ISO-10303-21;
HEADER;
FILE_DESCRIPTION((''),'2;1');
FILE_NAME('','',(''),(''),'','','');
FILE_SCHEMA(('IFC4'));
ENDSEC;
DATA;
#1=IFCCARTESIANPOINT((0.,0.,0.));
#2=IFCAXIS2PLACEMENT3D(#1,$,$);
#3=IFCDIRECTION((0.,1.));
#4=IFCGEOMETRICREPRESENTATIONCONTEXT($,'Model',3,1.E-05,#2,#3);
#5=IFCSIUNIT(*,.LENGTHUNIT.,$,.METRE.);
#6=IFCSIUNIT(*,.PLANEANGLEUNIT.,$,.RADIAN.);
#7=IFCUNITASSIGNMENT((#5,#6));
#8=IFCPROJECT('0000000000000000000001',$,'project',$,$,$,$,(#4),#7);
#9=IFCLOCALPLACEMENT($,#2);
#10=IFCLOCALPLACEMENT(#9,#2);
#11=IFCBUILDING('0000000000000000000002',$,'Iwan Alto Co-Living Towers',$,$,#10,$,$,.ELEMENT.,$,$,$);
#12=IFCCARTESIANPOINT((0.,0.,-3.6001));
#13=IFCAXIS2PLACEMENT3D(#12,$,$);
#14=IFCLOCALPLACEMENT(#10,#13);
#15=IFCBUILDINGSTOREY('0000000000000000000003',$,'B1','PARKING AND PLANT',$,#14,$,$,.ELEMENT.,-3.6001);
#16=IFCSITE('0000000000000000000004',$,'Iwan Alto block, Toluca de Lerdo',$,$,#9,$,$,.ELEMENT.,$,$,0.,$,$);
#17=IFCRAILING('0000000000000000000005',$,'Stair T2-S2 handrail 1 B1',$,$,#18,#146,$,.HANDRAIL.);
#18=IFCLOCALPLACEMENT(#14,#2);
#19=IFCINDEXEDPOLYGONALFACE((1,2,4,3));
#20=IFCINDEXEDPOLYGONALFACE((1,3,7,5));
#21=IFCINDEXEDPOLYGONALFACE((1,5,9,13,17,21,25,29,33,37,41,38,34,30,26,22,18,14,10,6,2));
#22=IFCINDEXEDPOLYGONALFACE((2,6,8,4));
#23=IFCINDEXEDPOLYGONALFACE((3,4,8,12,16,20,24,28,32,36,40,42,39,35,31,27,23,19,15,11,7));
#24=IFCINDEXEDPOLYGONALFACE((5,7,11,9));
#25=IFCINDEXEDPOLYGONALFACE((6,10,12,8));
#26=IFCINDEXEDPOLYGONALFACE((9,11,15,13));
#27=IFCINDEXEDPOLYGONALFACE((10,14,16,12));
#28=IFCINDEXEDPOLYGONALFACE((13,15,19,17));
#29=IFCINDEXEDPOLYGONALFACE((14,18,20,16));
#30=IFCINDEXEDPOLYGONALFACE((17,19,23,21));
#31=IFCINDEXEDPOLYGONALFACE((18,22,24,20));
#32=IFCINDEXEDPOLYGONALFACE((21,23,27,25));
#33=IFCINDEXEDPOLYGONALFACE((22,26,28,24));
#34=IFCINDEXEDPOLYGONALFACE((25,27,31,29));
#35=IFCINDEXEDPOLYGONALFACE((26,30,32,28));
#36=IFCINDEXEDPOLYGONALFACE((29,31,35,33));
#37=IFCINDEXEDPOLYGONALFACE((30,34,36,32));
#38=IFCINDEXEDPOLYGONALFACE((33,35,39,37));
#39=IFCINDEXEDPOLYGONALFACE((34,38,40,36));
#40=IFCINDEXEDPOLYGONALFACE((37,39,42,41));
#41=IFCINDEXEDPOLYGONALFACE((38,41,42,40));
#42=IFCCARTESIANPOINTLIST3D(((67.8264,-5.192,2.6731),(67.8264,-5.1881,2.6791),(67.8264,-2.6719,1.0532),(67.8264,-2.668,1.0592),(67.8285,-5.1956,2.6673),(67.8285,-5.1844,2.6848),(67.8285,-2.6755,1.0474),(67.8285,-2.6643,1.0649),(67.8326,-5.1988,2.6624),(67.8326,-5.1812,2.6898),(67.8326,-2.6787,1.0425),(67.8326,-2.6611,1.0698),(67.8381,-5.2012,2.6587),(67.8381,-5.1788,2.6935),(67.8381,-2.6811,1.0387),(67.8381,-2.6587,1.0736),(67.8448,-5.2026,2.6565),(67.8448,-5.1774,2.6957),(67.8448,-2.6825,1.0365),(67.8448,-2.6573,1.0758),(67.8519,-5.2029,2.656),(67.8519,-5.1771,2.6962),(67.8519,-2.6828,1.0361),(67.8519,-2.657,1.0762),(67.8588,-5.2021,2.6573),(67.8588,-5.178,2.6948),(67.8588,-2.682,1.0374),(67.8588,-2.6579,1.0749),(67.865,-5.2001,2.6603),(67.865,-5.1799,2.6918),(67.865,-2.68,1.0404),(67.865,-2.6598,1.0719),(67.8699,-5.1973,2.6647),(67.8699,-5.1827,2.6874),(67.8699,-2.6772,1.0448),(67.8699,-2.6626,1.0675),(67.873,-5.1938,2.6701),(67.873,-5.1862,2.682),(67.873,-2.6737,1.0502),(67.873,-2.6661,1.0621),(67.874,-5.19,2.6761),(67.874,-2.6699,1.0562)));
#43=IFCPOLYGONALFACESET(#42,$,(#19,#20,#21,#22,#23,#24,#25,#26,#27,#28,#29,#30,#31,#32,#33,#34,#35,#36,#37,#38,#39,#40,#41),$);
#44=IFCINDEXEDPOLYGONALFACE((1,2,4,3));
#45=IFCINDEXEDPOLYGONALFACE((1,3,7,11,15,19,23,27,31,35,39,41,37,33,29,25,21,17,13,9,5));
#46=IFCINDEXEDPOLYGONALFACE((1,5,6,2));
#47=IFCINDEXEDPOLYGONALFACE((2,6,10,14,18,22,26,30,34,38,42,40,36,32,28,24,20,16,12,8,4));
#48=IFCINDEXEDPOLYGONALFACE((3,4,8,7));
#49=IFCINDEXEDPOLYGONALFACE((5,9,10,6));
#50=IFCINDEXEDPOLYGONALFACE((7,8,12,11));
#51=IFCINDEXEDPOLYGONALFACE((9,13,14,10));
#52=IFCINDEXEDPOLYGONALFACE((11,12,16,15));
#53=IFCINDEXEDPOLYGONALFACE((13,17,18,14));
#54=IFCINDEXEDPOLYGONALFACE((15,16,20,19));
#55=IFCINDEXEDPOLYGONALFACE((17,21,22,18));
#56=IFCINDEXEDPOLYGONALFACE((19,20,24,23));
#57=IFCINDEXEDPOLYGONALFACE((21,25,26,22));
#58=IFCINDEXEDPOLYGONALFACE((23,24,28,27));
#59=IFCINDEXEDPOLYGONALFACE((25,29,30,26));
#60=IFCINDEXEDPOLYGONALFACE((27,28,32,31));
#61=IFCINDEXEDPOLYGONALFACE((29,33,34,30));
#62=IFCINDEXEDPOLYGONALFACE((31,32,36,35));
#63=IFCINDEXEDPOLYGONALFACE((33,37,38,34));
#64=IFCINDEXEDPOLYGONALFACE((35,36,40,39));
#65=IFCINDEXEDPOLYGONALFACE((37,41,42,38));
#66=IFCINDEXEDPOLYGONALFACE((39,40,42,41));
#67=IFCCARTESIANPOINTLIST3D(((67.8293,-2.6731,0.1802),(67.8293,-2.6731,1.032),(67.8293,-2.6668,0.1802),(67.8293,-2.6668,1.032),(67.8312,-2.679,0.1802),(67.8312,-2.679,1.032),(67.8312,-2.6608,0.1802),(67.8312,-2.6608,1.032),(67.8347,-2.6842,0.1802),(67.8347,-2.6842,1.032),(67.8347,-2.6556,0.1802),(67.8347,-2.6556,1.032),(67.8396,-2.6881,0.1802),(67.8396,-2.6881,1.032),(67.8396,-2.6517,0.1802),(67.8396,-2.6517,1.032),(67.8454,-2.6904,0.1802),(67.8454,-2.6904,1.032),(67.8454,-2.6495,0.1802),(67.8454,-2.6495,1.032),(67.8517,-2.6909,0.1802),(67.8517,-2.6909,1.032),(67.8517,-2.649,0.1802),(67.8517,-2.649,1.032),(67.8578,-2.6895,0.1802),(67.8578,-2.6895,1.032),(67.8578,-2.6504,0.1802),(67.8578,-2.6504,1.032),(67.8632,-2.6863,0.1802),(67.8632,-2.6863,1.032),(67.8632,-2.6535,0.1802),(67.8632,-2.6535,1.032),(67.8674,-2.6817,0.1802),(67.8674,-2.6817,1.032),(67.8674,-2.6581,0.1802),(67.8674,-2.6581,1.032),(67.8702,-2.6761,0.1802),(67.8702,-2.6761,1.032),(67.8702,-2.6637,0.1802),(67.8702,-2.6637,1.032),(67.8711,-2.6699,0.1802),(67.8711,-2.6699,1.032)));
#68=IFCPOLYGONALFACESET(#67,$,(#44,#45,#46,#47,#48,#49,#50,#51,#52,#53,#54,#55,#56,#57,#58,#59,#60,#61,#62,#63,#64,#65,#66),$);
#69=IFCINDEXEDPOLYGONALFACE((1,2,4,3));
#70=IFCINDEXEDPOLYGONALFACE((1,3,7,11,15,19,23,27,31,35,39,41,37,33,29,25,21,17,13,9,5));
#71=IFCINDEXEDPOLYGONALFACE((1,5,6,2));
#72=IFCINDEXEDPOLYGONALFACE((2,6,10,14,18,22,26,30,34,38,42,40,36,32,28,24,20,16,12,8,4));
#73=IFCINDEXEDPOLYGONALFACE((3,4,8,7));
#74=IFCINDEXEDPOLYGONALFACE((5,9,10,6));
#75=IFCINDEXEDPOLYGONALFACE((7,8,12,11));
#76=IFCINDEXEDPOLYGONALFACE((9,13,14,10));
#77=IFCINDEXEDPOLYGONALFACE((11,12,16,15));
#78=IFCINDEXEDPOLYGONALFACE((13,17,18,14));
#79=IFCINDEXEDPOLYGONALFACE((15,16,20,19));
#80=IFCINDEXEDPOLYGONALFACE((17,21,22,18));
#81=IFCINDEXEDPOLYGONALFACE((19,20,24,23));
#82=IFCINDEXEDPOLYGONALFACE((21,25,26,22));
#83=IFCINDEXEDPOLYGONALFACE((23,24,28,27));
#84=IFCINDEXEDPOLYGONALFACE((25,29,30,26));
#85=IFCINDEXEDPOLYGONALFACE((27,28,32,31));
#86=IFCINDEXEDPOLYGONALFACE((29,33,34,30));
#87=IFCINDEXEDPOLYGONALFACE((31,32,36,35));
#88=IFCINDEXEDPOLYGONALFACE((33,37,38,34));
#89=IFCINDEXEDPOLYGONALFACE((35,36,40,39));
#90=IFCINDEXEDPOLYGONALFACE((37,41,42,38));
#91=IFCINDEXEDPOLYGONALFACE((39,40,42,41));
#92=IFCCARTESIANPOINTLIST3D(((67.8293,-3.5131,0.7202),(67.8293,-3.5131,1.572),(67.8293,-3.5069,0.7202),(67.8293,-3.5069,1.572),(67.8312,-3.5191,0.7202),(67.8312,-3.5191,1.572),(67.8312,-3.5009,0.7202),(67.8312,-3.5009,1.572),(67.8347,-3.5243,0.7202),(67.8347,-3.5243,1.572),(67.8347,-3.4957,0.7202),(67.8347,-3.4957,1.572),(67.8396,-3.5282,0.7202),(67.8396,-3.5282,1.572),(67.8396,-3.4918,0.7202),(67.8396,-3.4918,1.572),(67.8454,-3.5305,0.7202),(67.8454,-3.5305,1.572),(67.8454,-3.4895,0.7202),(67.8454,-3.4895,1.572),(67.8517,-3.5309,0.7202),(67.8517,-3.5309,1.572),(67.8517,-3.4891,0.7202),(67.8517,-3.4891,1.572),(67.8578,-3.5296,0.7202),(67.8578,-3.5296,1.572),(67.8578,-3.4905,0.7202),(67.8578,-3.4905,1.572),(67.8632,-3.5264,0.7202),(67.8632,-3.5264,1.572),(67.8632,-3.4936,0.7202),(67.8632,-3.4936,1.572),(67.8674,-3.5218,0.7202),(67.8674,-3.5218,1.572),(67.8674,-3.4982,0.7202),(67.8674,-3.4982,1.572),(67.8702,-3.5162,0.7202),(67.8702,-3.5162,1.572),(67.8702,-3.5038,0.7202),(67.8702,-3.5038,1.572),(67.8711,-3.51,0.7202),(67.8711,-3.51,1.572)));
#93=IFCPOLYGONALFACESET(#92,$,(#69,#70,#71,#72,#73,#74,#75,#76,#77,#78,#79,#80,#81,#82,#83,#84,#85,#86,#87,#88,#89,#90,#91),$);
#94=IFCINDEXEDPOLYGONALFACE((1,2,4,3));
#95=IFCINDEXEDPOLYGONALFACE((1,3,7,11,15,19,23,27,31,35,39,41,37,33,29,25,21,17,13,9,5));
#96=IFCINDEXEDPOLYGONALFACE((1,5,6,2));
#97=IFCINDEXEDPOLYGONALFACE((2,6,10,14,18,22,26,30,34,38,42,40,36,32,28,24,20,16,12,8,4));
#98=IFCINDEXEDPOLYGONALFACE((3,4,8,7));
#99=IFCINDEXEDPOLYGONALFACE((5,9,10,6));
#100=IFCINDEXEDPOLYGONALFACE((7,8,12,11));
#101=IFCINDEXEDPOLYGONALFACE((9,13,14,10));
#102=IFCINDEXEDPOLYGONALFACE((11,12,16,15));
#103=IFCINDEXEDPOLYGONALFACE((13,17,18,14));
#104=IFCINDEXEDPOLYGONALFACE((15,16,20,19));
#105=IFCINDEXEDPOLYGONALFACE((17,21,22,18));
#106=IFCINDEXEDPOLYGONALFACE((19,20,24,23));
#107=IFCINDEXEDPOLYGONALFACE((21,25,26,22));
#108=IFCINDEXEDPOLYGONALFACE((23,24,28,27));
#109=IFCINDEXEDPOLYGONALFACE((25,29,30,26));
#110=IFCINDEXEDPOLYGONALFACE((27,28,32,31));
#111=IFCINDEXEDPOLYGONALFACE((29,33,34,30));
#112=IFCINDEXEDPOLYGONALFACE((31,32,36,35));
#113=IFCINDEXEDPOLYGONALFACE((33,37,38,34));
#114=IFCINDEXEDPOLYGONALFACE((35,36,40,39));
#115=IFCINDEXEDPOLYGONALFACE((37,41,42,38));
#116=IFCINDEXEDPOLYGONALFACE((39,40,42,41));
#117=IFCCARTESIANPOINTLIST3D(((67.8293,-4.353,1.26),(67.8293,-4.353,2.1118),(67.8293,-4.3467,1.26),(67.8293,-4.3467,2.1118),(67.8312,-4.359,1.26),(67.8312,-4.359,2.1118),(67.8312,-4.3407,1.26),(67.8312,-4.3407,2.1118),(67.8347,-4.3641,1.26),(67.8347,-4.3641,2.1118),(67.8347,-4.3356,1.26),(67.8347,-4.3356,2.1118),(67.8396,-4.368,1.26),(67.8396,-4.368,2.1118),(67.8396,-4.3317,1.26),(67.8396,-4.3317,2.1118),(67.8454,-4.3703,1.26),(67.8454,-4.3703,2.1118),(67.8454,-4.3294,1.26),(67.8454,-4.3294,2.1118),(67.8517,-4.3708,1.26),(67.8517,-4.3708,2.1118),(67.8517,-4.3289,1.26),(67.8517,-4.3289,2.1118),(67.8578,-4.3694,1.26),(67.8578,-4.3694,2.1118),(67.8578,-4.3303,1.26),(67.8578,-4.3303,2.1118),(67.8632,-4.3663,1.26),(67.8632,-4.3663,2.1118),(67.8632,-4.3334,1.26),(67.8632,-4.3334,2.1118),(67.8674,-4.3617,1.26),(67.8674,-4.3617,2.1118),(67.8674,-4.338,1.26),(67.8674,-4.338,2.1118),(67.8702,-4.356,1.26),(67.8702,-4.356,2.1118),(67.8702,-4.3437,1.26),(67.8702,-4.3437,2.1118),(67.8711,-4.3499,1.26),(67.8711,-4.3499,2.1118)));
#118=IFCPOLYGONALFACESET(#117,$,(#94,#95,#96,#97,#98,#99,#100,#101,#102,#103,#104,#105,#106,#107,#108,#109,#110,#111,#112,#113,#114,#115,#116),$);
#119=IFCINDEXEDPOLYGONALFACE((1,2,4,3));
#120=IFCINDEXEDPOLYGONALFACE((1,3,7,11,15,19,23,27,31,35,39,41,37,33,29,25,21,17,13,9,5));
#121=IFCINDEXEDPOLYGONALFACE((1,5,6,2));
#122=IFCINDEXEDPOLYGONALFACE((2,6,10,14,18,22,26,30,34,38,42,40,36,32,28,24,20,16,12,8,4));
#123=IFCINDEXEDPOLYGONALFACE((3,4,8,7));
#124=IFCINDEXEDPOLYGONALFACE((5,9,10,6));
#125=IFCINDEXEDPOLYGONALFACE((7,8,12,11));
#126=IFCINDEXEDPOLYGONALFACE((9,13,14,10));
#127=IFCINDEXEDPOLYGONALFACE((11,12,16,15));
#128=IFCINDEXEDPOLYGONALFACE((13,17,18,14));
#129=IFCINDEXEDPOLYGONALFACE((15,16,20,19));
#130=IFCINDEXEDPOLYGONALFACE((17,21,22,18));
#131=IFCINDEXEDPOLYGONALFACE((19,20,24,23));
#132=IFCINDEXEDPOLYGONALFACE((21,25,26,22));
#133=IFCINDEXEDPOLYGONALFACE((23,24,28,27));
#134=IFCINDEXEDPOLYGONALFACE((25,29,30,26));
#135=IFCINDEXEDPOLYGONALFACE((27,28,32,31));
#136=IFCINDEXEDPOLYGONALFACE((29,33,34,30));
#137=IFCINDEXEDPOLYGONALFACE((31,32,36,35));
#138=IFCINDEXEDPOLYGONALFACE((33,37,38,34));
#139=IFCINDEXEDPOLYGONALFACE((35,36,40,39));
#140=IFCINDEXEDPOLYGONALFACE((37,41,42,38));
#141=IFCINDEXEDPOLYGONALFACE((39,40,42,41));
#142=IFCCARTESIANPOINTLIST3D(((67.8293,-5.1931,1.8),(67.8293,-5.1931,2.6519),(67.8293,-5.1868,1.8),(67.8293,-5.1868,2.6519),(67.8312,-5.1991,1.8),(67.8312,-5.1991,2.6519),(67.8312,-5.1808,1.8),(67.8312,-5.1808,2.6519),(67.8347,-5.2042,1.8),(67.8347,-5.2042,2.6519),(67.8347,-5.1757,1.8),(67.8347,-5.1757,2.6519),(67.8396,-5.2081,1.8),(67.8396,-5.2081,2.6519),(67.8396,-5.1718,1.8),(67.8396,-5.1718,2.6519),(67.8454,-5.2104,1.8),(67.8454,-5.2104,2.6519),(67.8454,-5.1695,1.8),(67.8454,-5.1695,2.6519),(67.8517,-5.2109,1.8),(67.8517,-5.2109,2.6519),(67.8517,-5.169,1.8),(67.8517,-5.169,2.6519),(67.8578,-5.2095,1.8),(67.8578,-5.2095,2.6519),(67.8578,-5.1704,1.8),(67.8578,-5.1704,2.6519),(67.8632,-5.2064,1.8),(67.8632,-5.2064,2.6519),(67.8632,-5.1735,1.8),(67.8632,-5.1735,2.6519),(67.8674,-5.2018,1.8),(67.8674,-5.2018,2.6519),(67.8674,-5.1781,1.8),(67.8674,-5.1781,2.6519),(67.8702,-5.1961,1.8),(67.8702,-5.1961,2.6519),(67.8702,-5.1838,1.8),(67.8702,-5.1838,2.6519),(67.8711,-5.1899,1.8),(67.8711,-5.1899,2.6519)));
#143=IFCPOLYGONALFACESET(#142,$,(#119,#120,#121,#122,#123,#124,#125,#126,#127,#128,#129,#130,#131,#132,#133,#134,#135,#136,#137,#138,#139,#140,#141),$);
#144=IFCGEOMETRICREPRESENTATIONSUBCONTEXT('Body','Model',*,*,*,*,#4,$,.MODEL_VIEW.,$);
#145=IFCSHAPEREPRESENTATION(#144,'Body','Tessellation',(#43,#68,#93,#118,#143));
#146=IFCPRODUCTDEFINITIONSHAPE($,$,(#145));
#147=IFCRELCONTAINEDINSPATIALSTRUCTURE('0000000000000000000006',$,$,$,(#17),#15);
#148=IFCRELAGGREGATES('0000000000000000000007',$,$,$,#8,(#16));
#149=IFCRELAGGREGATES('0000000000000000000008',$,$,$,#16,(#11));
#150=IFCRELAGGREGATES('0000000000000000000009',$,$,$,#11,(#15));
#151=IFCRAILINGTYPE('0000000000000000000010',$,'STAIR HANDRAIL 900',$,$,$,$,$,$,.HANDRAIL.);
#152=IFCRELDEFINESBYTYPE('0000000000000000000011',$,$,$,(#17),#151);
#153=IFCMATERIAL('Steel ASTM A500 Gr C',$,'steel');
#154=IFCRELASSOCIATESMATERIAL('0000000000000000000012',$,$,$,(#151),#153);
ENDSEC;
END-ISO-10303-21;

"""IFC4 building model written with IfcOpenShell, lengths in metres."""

from ifc_helpers import new_model, si_unit, direction, frame, origin, origin_2d, place, context, subcontext, project, spatial, circle, extrude, material, type_object, element, save


model = new_model("IFC4")

# Units and contexts
model_context = context("Model", 3, precision=1e-05, world=origin(), true_north=direction((0.0, 1.0)))
body_context = subcontext(model_context, "Body", "Model", "MODEL_VIEW")
ifc_project = project(units=[si_unit("LENGTHUNIT", "METRE"), si_unit("PLANEANGLEUNIT", "RADIAN")], contexts=[model_context])

# Site, building, storey
site_placement = place(None, origin())
site = spatial("IfcSite", under=ifc_project, at=site_placement, Name="Iwan Alto block, Toluca de Lerdo", CompositionType="ELEMENT", RefElevation=0.0)
building_placement = place(site_placement, origin())
building = spatial("IfcBuilding", under=site, at=building_placement, Name="Iwan Alto Co-Living Towers", CompositionType="ELEMENT")
storey_placement = place(building_placement, frame((0.0, 0.0, -3.6001)))
storey = spatial("IfcBuildingStorey", under=building, at=storey_placement, Name="B1", Description="PARKING AND PLANT", CompositionType="ELEMENT", Elevation=-3.6001)

# Railing
ifc_material_1 = material(Name="Steel ASTM A500 Gr C", Category="steel")
railing_type_1 = type_object("IfcRailingType", Name="STAIR HANDRAIL 900", PredefinedType="HANDRAIL", material=ifc_material_1)
railing_1_placement = place(storey_placement, frame((67.8501, -2.6699, 0.1802)))
element("IfcRailing", 1, at=railing_1_placement, inside=storey, type_object=railing_type_1, Name="Stair T2-S2 handrail 1 B1", PredefinedType="HANDRAIL", context=body_context, shape_type="SweptSolid", body=[
    extrude(circle(Radius=0.0239, at=origin_2d()), frame((0.0, 0.0, 0.876), z_axis=(0.0, -0.8412, 0.540725), x_axis=(1.0, 0.0, 0.0)), (0.0, 0.0, 1.0), 2.9958),
    extrude(circle(Radius=0.021, at=origin_2d()), origin(), (0.0, 0.0, 1.0), 0.8518),
    extrude(circle(Radius=0.021, at=origin_2d()), frame((0.0, -0.8401, 0.54)), (0.0, 0.0, 1.0), 0.8518),
    extrude(circle(Radius=0.021, at=origin_2d()), frame((0.0, -1.6799, 1.0798)), (0.0, 0.0, 1.0), 0.8518),
    extrude(circle(Radius=0.021, at=origin_2d()), frame((0.0, -2.52, 1.6199)), (0.0, 0.0, 1.0), 0.8518),
])

save(model, "model.ifc")
